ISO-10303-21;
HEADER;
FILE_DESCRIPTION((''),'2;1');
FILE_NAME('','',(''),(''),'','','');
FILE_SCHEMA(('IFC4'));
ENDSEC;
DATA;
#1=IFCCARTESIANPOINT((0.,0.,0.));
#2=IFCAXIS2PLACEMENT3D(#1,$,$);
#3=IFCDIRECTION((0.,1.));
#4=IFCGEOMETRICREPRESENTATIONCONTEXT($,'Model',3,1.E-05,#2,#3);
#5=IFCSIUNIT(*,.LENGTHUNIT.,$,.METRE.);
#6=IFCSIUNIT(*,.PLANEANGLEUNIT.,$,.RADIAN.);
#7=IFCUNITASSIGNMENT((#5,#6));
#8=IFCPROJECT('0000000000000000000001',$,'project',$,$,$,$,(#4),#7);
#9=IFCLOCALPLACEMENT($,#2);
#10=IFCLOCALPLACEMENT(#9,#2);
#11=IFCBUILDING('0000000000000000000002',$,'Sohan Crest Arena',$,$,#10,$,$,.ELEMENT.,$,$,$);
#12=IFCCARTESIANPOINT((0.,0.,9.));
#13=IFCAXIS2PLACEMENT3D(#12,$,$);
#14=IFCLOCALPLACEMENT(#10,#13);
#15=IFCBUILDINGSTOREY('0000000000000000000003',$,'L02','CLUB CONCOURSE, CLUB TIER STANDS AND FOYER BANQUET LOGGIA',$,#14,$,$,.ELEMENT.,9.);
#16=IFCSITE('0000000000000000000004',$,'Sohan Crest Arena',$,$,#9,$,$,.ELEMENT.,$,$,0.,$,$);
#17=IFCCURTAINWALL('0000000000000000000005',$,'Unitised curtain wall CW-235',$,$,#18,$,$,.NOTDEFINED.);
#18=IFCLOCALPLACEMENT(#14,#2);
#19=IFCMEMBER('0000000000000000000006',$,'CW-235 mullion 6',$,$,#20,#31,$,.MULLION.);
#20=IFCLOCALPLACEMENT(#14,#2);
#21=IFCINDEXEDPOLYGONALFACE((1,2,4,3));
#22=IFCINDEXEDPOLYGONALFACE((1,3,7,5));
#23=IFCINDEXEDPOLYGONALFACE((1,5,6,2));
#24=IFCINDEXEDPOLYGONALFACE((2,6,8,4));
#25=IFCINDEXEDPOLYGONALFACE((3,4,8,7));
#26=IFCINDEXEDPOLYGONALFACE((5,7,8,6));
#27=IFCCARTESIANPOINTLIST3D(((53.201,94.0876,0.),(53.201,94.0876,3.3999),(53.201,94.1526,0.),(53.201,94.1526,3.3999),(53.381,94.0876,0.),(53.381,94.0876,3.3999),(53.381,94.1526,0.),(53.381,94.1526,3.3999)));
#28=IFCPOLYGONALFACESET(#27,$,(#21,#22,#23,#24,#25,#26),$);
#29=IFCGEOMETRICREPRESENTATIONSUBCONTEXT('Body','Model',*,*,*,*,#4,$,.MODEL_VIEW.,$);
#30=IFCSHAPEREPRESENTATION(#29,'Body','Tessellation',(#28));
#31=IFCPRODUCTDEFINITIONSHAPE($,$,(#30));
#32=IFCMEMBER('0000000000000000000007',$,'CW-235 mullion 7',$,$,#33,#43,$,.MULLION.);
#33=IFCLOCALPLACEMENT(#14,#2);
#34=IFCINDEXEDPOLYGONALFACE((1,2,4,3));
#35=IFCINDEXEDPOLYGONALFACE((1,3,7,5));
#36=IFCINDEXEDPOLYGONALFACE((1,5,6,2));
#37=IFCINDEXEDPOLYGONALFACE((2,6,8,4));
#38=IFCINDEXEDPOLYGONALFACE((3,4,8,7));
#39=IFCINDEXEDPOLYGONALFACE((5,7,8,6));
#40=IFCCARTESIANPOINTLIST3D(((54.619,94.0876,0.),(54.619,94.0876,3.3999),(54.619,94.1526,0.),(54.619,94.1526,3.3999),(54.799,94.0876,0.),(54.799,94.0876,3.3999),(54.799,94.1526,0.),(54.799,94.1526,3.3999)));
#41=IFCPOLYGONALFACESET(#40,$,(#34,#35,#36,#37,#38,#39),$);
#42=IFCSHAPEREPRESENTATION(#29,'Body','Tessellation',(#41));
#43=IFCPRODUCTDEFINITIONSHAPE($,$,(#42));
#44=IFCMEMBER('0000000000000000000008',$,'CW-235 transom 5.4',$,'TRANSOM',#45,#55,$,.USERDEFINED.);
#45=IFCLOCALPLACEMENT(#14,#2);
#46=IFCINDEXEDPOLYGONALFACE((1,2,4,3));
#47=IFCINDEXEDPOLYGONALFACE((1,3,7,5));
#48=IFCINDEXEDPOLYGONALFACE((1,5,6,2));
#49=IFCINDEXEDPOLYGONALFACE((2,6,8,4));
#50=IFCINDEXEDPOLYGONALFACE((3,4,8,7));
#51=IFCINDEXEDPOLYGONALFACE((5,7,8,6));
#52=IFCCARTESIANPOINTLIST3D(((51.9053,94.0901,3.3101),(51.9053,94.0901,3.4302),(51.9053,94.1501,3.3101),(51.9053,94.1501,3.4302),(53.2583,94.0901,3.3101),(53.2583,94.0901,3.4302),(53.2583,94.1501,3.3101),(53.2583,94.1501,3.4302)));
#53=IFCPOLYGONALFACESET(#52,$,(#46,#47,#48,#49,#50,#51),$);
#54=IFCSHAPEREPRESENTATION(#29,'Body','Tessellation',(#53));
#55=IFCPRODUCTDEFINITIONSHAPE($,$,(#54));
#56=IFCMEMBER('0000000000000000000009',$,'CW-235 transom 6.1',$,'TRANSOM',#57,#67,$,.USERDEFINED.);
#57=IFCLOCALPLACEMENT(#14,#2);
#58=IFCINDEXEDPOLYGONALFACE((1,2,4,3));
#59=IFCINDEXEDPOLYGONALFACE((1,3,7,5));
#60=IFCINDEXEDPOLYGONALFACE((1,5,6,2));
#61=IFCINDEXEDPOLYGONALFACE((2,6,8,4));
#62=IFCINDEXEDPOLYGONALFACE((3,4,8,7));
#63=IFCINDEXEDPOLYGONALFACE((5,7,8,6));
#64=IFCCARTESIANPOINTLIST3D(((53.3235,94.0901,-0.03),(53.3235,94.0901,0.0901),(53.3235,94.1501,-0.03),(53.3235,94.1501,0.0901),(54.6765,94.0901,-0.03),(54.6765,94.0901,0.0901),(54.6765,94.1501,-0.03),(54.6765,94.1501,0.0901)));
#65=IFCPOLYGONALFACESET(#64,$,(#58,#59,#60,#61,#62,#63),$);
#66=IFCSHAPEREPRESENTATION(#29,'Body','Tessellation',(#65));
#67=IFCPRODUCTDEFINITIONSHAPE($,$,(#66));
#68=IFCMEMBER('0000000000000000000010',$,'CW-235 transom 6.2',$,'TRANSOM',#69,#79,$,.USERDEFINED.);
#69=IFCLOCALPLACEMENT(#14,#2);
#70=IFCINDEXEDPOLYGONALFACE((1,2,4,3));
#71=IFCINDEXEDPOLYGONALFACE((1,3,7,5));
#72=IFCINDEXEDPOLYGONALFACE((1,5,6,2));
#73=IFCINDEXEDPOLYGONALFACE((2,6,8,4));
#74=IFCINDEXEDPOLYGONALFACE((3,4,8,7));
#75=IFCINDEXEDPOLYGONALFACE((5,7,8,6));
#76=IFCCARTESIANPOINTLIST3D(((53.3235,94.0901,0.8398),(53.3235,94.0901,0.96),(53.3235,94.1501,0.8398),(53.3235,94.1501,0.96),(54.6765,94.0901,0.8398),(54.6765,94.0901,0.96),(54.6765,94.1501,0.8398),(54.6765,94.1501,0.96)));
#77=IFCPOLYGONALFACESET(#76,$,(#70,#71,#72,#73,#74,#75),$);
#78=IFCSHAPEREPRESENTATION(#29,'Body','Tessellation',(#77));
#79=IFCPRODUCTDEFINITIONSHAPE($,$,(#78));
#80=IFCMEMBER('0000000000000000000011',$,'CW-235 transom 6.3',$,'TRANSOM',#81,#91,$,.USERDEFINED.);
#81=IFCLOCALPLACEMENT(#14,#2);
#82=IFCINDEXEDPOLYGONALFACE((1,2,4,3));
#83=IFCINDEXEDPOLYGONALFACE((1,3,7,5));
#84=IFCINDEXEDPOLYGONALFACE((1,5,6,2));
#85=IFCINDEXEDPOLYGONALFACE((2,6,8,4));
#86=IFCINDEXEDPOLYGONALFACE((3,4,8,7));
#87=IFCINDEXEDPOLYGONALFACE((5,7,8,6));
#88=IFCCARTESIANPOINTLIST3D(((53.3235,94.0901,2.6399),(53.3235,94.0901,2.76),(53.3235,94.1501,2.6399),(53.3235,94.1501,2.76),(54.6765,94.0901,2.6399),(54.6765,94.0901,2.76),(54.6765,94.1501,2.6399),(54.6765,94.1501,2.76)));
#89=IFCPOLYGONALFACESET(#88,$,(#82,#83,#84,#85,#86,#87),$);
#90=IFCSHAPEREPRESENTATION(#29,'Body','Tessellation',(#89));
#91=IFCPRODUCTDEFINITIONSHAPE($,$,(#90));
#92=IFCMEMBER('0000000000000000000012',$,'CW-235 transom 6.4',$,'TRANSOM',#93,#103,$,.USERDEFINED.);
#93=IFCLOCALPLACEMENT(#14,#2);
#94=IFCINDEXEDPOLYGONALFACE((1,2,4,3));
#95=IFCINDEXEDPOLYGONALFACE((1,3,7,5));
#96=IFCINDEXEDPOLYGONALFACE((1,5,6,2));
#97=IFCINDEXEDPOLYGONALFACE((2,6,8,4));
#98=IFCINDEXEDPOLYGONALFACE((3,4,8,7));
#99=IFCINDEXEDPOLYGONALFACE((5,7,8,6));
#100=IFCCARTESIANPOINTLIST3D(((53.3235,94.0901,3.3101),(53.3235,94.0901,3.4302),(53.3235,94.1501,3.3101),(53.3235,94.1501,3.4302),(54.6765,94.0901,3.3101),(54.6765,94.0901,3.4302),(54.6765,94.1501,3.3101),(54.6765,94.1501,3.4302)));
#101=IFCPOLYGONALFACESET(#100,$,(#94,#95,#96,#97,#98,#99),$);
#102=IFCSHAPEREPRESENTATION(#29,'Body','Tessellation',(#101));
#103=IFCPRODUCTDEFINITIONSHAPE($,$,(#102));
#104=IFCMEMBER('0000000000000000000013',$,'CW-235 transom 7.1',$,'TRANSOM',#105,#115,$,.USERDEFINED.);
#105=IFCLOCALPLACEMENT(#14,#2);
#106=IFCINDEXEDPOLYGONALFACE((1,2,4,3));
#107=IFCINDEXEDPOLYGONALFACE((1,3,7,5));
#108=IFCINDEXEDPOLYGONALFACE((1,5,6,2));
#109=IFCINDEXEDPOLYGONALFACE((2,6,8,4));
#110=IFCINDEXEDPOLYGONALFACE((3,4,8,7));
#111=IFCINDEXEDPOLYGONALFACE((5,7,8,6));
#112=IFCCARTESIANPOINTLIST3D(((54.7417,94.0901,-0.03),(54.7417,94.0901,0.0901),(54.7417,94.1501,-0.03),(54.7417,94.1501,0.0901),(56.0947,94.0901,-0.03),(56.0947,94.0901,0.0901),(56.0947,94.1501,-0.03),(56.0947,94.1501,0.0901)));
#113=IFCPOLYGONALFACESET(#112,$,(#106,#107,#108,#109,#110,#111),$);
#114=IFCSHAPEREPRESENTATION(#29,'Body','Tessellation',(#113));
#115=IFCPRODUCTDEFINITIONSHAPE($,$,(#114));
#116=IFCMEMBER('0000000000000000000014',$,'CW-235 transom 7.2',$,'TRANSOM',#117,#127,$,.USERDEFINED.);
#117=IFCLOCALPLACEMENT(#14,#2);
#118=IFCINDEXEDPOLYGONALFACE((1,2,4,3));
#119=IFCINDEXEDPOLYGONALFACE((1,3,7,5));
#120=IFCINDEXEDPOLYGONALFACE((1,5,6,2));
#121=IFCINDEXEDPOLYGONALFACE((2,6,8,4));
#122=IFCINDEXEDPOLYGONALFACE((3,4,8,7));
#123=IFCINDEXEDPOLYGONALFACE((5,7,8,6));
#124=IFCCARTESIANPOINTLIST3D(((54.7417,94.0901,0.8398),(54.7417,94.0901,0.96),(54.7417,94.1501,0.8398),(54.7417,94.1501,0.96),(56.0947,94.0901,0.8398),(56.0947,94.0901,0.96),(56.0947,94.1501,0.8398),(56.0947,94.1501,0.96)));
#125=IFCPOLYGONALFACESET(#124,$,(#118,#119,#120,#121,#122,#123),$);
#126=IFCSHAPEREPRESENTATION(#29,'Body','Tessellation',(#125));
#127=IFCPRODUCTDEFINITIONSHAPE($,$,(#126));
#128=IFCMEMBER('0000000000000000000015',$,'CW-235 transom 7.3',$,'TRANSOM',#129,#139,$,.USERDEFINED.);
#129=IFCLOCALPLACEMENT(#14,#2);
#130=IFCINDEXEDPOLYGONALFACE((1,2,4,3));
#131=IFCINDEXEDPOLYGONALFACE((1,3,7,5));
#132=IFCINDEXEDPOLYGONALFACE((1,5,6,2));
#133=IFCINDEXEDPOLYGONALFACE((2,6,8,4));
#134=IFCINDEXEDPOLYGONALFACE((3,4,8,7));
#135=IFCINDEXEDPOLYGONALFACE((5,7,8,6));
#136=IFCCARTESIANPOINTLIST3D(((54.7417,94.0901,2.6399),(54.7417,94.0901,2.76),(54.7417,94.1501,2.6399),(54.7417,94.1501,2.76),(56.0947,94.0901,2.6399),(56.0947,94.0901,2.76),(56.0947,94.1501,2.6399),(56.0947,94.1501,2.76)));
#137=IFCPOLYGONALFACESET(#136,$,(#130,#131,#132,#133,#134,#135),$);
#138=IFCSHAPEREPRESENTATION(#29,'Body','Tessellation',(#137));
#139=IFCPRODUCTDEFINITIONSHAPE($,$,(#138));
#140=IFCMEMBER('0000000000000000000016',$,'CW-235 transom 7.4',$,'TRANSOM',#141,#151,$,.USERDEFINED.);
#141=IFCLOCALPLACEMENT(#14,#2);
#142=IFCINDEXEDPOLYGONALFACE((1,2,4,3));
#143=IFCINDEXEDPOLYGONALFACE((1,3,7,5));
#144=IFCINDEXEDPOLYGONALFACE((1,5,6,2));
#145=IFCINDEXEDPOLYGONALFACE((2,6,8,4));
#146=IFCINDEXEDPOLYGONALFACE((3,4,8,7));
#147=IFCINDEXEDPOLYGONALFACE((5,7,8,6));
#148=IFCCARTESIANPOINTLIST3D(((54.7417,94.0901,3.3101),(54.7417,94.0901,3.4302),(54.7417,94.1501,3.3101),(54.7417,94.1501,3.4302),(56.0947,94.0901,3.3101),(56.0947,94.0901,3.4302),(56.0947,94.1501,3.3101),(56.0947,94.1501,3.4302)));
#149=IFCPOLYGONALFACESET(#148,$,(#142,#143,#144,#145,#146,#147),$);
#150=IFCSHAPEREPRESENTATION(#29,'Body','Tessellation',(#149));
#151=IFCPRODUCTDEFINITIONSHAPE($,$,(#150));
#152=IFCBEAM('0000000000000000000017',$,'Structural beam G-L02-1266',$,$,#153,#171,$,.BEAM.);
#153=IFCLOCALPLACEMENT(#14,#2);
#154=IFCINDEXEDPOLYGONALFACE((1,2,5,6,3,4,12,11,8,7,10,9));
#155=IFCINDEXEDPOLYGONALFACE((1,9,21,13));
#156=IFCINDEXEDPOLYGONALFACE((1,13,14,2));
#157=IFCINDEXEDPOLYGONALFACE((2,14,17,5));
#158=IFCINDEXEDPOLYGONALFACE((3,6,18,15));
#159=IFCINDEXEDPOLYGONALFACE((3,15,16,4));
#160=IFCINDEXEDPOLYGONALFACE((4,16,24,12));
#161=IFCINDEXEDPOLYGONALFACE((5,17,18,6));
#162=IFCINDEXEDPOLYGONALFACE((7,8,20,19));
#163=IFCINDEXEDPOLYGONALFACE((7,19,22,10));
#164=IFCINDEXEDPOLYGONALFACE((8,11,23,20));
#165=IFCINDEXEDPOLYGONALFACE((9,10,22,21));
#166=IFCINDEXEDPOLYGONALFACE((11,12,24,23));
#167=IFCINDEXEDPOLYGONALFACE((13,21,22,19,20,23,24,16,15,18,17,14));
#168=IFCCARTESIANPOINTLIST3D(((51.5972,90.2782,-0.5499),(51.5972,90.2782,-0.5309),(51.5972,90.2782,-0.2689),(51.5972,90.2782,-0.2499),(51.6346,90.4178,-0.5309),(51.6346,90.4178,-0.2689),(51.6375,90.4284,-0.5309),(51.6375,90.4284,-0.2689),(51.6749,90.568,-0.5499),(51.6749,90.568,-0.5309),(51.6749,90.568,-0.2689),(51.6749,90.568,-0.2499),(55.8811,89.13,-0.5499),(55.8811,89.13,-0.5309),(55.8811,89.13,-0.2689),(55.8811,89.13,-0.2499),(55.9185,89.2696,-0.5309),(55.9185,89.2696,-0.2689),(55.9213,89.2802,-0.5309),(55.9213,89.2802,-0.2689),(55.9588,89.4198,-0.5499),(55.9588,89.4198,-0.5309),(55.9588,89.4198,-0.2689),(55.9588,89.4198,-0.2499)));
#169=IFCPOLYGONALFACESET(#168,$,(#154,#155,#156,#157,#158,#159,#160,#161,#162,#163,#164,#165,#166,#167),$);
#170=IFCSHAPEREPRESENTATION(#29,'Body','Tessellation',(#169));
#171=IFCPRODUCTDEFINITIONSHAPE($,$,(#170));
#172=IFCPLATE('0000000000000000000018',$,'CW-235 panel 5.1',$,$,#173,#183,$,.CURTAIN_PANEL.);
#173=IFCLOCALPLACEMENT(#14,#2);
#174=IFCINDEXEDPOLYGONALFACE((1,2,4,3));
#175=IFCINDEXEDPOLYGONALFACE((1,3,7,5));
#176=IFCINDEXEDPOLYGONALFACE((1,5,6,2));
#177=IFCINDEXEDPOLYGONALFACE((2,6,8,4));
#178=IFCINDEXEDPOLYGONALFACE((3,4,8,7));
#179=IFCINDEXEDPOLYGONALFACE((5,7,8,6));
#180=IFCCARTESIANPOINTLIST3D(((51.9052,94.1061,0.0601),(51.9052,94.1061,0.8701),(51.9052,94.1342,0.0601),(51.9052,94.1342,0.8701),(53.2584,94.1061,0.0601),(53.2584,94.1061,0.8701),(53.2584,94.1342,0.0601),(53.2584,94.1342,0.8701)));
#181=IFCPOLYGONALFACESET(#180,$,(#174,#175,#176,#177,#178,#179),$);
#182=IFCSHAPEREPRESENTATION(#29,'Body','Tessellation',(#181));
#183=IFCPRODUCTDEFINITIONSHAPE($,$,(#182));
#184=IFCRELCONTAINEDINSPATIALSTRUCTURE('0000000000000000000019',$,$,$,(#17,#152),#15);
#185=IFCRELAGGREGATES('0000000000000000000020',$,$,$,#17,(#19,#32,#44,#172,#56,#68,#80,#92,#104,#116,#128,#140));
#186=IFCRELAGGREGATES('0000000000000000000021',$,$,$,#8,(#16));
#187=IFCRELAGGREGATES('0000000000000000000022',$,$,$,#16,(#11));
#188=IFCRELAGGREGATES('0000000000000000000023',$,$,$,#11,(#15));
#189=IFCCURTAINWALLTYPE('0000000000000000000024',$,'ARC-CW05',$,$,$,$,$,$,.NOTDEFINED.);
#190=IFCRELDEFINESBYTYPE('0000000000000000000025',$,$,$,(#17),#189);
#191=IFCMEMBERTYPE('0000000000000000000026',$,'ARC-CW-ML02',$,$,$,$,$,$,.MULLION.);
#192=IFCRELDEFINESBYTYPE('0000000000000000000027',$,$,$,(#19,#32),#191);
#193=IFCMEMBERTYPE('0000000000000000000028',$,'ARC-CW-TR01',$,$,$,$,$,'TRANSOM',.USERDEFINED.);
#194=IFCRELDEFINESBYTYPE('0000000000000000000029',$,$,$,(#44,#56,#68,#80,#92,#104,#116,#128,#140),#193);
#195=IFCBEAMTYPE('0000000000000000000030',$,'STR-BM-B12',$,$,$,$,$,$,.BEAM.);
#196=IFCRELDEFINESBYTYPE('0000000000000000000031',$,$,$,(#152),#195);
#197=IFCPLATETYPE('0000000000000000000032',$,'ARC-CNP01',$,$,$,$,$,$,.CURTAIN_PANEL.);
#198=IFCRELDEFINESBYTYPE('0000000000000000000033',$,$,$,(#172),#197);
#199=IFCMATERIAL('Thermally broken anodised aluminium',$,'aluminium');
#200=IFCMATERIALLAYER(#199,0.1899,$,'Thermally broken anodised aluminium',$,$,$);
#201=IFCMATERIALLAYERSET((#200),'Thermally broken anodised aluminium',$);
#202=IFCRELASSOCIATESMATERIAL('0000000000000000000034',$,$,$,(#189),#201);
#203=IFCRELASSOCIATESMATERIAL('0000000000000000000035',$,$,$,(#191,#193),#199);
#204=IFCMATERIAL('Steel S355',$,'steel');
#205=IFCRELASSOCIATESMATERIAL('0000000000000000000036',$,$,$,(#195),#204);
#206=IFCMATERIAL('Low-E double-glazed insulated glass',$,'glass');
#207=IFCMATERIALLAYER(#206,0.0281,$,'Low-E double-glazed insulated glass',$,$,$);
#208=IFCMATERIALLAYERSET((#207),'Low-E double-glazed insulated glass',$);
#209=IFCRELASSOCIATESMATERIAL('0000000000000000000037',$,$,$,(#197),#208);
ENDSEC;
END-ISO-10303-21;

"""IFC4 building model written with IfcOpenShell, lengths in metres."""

from ifc_helpers import new_model, si_unit, direction, frame, origin, origin_2d, place, context, subcontext, project, spatial, rectangle, i_section, extrude, material, layer, layer_set, material_profile, profile_set, type_object, element, aggregate, save


model = new_model("IFC4")

# Units and contexts
model_context = context("Model", 3, precision=1e-05, world=origin(), true_north=direction((0.0, 1.0)))
body_context = subcontext(model_context, "Body", "Model", "MODEL_VIEW")
ifc_project = project(units=[si_unit("LENGTHUNIT", "METRE"), si_unit("PLANEANGLEUNIT", "RADIAN")], contexts=[model_context])

# Site, building, storey
site_placement = place(None, origin())
site = spatial("IfcSite", under=ifc_project, at=site_placement, Name="Sohan Crest Arena", CompositionType="ELEMENT", RefElevation=0.0)
building_placement = place(site_placement, origin())
building = spatial("IfcBuilding", under=site, at=building_placement, Name="Sohan Crest Arena", CompositionType="ELEMENT")
storey_placement = place(building_placement, frame((0.0, 0.0, 9.0)))
storey = spatial("IfcBuildingStorey", under=building, at=storey_placement, Name="L02", Description="CLUB CONCOURSE, CLUB TIER STANDS AND FOYER BANQUET LOGGIA", CompositionType="ELEMENT", Elevation=9.0)

# Curtain wall, members
ifc_material_1 = material(Name="Thermally broken anodised aluminium", Category="aluminium")
ifc_layer_1 = layer(ifc_material_1, 0.1899, Name="Thermally broken anodised aluminium")
ifc_layer_set_1 = layer_set([ifc_layer_1], Name="Thermally broken anodised aluminium")
curtain_wall_type = type_object("IfcCurtainWallType", Name="ARC-CW05", PredefinedType="NOTDEFINED", material=ifc_layer_set_1)
curtain_wall_placement = place(storey_placement, origin())
curtain_wall = element("IfcCurtainWall", 1, at=curtain_wall_placement, inside=storey, type_object=curtain_wall_type, Name="Unitised curtain wall CW-235", PredefinedType="NOTDEFINED")
ifc_material_profile_1 = material_profile(ifc_material_1, rectangle(XDim=0.0649, YDim=0.1799, at=origin_2d()), Name="ALU-MULL 65x180")
ifc_profile_set_1 = profile_set([ifc_material_profile_1], Name="Thermally broken anodised aluminium")
member_type_1 = type_object("IfcMemberType", Name="ARC-CW-ML02", PredefinedType="MULLION", material=ifc_profile_set_1)
member_1_placement = place(storey_placement, frame((53.291, 94.1201, 0.0), z_axis=(0.0, 0.0, 1.0), x_axis=(0.0, 1.0, 0.0)))
member_1 = element("IfcMember", 2, at=member_1_placement, type_object=member_type_1, Name="CW-235 mullion 6", PredefinedType="MULLION", context=body_context, shape_type="SweptSolid", body=[
    extrude(rectangle(XDim=0.0649, YDim=0.1799, at=origin_2d()), origin(), (0.0, 0.0, 1.0), 3.3999),
])
member_2_placement = place(storey_placement, frame((54.709, 94.1201, 0.0), z_axis=(0.0, 0.0, 1.0), x_axis=(0.0, 1.0, 0.0)))
member_2 = element("IfcMember", 3, at=member_2_placement, type_object=member_type_1, Name="CW-235 mullion 7", PredefinedType="MULLION", context=body_context, shape_type="SweptSolid", body=[
    extrude(rectangle(XDim=0.0649, YDim=0.1799, at=origin_2d()), origin(), (0.0, 0.0, 1.0), 3.3999),
])
ifc_material_profile_2 = material_profile(ifc_material_1, rectangle(XDim=0.0601, YDim=0.1201, at=origin_2d()), Name="ALU-TRAN 60x120")
ifc_profile_set_2 = profile_set([ifc_material_profile_2], Name="Thermally broken anodised aluminium")
member_type_2 = type_object("IfcMemberType", Name="ARC-CW-TR01", ElementType="TRANSOM", PredefinedType="USERDEFINED", material=ifc_profile_set_2)
member_3_placement = place(storey_placement, frame((51.9053, 94.1201, 3.3701), z_axis=(1.0, 0.0, 0.0), x_axis=(0.0, 1.0, 0.0)))
member_3 = element("IfcMember", 4, at=member_3_placement, type_object=member_type_2, Name="CW-235 transom 5.4", ObjectType="TRANSOM", PredefinedType="USERDEFINED", context=body_context, shape_type="SweptSolid", body=[
    extrude(rectangle(XDim=0.0601, YDim=0.1201, at=origin_2d()), origin(), (0.0, 0.0, 1.0), 1.353),
])
member_4_placement = place(storey_placement, frame((53.3235, 94.1201, 0.03), z_axis=(1.0, 0.0, 0.0), x_axis=(0.0, 1.0, 0.0)))
member_4 = element("IfcMember", 5, at=member_4_placement, type_object=member_type_2, Name="CW-235 transom 6.1", ObjectType="TRANSOM", PredefinedType="USERDEFINED", context=body_context, shape_type="SweptSolid", body=[
    extrude(rectangle(XDim=0.0601, YDim=0.1201, at=origin_2d()), origin(), (0.0, 0.0, 1.0), 1.353),
])
member_5_placement = place(storey_placement, frame((53.3235, 94.1201, 0.8999), z_axis=(1.0, 0.0, 0.0), x_axis=(0.0, 1.0, 0.0)))
member_5 = element("IfcMember", 6, at=member_5_placement, type_object=member_type_2, Name="CW-235 transom 6.2", ObjectType="TRANSOM", PredefinedType="USERDEFINED", context=body_context, shape_type="SweptSolid", body=[
    extrude(rectangle(XDim=0.0601, YDim=0.1201, at=origin_2d()), origin(), (0.0, 0.0, 1.0), 1.353),
])
member_6_placement = place(storey_placement, frame((53.3235, 94.1201, 2.7), z_axis=(1.0, 0.0, 0.0), x_axis=(0.0, 1.0, 0.0)))
member_6 = element("IfcMember", 7, at=member_6_placement, type_object=member_type_2, Name="CW-235 transom 6.3", ObjectType="TRANSOM", PredefinedType="USERDEFINED", context=body_context, shape_type="SweptSolid", body=[
    extrude(rectangle(XDim=0.0601, YDim=0.1201, at=origin_2d()), origin(), (0.0, 0.0, 1.0), 1.353),
])
member_7_placement = place(storey_placement, frame((53.3235, 94.1201, 3.3701), z_axis=(1.0, 0.0, 0.0), x_axis=(0.0, 1.0, 0.0)))
member_7 = element("IfcMember", 8, at=member_7_placement, type_object=member_type_2, Name="CW-235 transom 6.4", ObjectType="TRANSOM", PredefinedType="USERDEFINED", context=body_context, shape_type="SweptSolid", body=[
    extrude(rectangle(XDim=0.0601, YDim=0.1201, at=origin_2d()), origin(), (0.0, 0.0, 1.0), 1.353),
])
member_8_placement = place(storey_placement, frame((54.7417, 94.1201, 0.03), z_axis=(1.0, 0.0, 0.0), x_axis=(0.0, 1.0, 0.0)))
member_8 = element("IfcMember", 9, at=member_8_placement, type_object=member_type_2, Name="CW-235 transom 7.1", ObjectType="TRANSOM", PredefinedType="USERDEFINED", context=body_context, shape_type="SweptSolid", body=[
    extrude(rectangle(XDim=0.0601, YDim=0.1201, at=origin_2d()), origin(), (0.0, 0.0, 1.0), 1.353),
])
member_9_placement = place(storey_placement, frame((54.7417, 94.1201, 0.8999), z_axis=(1.0, 0.0, 0.0), x_axis=(0.0, 1.0, 0.0)))
member_9 = element("IfcMember", 10, at=member_9_placement, type_object=member_type_2, Name="CW-235 transom 7.2", ObjectType="TRANSOM", PredefinedType="USERDEFINED", context=body_context, shape_type="SweptSolid", body=[
    extrude(rectangle(XDim=0.0601, YDim=0.1201, at=origin_2d()), origin(), (0.0, 0.0, 1.0), 1.353),
])
member_10_placement = place(storey_placement, frame((54.7417, 94.1201, 2.7), z_axis=(1.0, 0.0, 0.0), x_axis=(0.0, 1.0, 0.0)))
member_10 = element("IfcMember", 11, at=member_10_placement, type_object=member_type_2, Name="CW-235 transom 7.3", ObjectType="TRANSOM", PredefinedType="USERDEFINED", context=body_context, shape_type="SweptSolid", body=[
    extrude(rectangle(XDim=0.0601, YDim=0.1201, at=origin_2d()), origin(), (0.0, 0.0, 1.0), 1.353),
])
member_11_placement = place(storey_placement, frame((54.7417, 94.1201, 3.3701), z_axis=(1.0, 0.0, 0.0), x_axis=(0.0, 1.0, 0.0)))
member_11 = element("IfcMember", 12, at=member_11_placement, type_object=member_type_2, Name="CW-235 transom 7.4", ObjectType="TRANSOM", PredefinedType="USERDEFINED", context=body_context, shape_type="SweptSolid", body=[
    extrude(rectangle(XDim=0.0601, YDim=0.1201, at=origin_2d()), origin(), (0.0, 0.0, 1.0), 1.353),
])

# Beam
ifc_material_2 = material(Name="Steel S355", Category="steel")
ifc_material_profile_3 = material_profile(ifc_material_2, i_section(OverallWidth=0.3, OverallDepth=0.3, WebThickness=0.011, FlangeThickness=0.019, at=origin_2d()), Name="HEB 300")
ifc_profile_set_3 = profile_set([ifc_material_profile_3], Name="Steel S355")
beam_type = type_object("IfcBeamType", Name="STR-BM-B12", PredefinedType="BEAM", material=ifc_profile_set_3)
beam_placement = place(storey_placement, frame((55.9199, 89.2749, -0.3999), z_axis=(-0.965908, 0.258886, 0.0), x_axis=(-0.258886, -0.965908, 0.0)))
element("IfcBeam", 13, at=beam_placement, inside=storey, type_object=beam_type, Name="Structural beam G-L02-1266", PredefinedType="BEAM", context=body_context, shape_type="SweptSolid", body=[
    extrude(i_section(OverallWidth=0.3, OverallDepth=0.3, WebThickness=0.011, FlangeThickness=0.019, at=origin_2d()), origin(), (0.0, 0.0, 1.0), 4.4351),
])

# Plate
ifc_material_3 = material(Name="Low-E double-glazed insulated glass", Category="glass")
ifc_layer_2 = layer(ifc_material_3, 0.0281, Name="Low-E double-glazed insulated glass")
ifc_layer_set_2 = layer_set([ifc_layer_2], Name="Low-E double-glazed insulated glass")
plate_type = type_object("IfcPlateType", Name="ARC-CNP01", PredefinedType="CURTAIN_PANEL", material=ifc_layer_set_2)
plate_1_placement = place(storey_placement, frame((52.5818, 94.1201, 0.0601), z_axis=(0.0, 0.0, 1.0), x_axis=(1.0, 0.0, 0.0)))
plate_1 = element("IfcPlate", 14, at=plate_1_placement, type_object=plate_type, Name="CW-235 panel 5.1", PredefinedType="CURTAIN_PANEL", context=body_context, shape_type="SweptSolid", body=[
    extrude(rectangle(XDim=1.3533, YDim=0.0281, at=origin_2d()), origin(), (0.0, 0.0, 1.0), 0.8101),
])
aggregate(curtain_wall, [member_1, member_2, member_3, plate_1, member_4, member_5, member_6, member_7, member_8, member_9, member_10, member_11])

save(model, "model.ifc")
